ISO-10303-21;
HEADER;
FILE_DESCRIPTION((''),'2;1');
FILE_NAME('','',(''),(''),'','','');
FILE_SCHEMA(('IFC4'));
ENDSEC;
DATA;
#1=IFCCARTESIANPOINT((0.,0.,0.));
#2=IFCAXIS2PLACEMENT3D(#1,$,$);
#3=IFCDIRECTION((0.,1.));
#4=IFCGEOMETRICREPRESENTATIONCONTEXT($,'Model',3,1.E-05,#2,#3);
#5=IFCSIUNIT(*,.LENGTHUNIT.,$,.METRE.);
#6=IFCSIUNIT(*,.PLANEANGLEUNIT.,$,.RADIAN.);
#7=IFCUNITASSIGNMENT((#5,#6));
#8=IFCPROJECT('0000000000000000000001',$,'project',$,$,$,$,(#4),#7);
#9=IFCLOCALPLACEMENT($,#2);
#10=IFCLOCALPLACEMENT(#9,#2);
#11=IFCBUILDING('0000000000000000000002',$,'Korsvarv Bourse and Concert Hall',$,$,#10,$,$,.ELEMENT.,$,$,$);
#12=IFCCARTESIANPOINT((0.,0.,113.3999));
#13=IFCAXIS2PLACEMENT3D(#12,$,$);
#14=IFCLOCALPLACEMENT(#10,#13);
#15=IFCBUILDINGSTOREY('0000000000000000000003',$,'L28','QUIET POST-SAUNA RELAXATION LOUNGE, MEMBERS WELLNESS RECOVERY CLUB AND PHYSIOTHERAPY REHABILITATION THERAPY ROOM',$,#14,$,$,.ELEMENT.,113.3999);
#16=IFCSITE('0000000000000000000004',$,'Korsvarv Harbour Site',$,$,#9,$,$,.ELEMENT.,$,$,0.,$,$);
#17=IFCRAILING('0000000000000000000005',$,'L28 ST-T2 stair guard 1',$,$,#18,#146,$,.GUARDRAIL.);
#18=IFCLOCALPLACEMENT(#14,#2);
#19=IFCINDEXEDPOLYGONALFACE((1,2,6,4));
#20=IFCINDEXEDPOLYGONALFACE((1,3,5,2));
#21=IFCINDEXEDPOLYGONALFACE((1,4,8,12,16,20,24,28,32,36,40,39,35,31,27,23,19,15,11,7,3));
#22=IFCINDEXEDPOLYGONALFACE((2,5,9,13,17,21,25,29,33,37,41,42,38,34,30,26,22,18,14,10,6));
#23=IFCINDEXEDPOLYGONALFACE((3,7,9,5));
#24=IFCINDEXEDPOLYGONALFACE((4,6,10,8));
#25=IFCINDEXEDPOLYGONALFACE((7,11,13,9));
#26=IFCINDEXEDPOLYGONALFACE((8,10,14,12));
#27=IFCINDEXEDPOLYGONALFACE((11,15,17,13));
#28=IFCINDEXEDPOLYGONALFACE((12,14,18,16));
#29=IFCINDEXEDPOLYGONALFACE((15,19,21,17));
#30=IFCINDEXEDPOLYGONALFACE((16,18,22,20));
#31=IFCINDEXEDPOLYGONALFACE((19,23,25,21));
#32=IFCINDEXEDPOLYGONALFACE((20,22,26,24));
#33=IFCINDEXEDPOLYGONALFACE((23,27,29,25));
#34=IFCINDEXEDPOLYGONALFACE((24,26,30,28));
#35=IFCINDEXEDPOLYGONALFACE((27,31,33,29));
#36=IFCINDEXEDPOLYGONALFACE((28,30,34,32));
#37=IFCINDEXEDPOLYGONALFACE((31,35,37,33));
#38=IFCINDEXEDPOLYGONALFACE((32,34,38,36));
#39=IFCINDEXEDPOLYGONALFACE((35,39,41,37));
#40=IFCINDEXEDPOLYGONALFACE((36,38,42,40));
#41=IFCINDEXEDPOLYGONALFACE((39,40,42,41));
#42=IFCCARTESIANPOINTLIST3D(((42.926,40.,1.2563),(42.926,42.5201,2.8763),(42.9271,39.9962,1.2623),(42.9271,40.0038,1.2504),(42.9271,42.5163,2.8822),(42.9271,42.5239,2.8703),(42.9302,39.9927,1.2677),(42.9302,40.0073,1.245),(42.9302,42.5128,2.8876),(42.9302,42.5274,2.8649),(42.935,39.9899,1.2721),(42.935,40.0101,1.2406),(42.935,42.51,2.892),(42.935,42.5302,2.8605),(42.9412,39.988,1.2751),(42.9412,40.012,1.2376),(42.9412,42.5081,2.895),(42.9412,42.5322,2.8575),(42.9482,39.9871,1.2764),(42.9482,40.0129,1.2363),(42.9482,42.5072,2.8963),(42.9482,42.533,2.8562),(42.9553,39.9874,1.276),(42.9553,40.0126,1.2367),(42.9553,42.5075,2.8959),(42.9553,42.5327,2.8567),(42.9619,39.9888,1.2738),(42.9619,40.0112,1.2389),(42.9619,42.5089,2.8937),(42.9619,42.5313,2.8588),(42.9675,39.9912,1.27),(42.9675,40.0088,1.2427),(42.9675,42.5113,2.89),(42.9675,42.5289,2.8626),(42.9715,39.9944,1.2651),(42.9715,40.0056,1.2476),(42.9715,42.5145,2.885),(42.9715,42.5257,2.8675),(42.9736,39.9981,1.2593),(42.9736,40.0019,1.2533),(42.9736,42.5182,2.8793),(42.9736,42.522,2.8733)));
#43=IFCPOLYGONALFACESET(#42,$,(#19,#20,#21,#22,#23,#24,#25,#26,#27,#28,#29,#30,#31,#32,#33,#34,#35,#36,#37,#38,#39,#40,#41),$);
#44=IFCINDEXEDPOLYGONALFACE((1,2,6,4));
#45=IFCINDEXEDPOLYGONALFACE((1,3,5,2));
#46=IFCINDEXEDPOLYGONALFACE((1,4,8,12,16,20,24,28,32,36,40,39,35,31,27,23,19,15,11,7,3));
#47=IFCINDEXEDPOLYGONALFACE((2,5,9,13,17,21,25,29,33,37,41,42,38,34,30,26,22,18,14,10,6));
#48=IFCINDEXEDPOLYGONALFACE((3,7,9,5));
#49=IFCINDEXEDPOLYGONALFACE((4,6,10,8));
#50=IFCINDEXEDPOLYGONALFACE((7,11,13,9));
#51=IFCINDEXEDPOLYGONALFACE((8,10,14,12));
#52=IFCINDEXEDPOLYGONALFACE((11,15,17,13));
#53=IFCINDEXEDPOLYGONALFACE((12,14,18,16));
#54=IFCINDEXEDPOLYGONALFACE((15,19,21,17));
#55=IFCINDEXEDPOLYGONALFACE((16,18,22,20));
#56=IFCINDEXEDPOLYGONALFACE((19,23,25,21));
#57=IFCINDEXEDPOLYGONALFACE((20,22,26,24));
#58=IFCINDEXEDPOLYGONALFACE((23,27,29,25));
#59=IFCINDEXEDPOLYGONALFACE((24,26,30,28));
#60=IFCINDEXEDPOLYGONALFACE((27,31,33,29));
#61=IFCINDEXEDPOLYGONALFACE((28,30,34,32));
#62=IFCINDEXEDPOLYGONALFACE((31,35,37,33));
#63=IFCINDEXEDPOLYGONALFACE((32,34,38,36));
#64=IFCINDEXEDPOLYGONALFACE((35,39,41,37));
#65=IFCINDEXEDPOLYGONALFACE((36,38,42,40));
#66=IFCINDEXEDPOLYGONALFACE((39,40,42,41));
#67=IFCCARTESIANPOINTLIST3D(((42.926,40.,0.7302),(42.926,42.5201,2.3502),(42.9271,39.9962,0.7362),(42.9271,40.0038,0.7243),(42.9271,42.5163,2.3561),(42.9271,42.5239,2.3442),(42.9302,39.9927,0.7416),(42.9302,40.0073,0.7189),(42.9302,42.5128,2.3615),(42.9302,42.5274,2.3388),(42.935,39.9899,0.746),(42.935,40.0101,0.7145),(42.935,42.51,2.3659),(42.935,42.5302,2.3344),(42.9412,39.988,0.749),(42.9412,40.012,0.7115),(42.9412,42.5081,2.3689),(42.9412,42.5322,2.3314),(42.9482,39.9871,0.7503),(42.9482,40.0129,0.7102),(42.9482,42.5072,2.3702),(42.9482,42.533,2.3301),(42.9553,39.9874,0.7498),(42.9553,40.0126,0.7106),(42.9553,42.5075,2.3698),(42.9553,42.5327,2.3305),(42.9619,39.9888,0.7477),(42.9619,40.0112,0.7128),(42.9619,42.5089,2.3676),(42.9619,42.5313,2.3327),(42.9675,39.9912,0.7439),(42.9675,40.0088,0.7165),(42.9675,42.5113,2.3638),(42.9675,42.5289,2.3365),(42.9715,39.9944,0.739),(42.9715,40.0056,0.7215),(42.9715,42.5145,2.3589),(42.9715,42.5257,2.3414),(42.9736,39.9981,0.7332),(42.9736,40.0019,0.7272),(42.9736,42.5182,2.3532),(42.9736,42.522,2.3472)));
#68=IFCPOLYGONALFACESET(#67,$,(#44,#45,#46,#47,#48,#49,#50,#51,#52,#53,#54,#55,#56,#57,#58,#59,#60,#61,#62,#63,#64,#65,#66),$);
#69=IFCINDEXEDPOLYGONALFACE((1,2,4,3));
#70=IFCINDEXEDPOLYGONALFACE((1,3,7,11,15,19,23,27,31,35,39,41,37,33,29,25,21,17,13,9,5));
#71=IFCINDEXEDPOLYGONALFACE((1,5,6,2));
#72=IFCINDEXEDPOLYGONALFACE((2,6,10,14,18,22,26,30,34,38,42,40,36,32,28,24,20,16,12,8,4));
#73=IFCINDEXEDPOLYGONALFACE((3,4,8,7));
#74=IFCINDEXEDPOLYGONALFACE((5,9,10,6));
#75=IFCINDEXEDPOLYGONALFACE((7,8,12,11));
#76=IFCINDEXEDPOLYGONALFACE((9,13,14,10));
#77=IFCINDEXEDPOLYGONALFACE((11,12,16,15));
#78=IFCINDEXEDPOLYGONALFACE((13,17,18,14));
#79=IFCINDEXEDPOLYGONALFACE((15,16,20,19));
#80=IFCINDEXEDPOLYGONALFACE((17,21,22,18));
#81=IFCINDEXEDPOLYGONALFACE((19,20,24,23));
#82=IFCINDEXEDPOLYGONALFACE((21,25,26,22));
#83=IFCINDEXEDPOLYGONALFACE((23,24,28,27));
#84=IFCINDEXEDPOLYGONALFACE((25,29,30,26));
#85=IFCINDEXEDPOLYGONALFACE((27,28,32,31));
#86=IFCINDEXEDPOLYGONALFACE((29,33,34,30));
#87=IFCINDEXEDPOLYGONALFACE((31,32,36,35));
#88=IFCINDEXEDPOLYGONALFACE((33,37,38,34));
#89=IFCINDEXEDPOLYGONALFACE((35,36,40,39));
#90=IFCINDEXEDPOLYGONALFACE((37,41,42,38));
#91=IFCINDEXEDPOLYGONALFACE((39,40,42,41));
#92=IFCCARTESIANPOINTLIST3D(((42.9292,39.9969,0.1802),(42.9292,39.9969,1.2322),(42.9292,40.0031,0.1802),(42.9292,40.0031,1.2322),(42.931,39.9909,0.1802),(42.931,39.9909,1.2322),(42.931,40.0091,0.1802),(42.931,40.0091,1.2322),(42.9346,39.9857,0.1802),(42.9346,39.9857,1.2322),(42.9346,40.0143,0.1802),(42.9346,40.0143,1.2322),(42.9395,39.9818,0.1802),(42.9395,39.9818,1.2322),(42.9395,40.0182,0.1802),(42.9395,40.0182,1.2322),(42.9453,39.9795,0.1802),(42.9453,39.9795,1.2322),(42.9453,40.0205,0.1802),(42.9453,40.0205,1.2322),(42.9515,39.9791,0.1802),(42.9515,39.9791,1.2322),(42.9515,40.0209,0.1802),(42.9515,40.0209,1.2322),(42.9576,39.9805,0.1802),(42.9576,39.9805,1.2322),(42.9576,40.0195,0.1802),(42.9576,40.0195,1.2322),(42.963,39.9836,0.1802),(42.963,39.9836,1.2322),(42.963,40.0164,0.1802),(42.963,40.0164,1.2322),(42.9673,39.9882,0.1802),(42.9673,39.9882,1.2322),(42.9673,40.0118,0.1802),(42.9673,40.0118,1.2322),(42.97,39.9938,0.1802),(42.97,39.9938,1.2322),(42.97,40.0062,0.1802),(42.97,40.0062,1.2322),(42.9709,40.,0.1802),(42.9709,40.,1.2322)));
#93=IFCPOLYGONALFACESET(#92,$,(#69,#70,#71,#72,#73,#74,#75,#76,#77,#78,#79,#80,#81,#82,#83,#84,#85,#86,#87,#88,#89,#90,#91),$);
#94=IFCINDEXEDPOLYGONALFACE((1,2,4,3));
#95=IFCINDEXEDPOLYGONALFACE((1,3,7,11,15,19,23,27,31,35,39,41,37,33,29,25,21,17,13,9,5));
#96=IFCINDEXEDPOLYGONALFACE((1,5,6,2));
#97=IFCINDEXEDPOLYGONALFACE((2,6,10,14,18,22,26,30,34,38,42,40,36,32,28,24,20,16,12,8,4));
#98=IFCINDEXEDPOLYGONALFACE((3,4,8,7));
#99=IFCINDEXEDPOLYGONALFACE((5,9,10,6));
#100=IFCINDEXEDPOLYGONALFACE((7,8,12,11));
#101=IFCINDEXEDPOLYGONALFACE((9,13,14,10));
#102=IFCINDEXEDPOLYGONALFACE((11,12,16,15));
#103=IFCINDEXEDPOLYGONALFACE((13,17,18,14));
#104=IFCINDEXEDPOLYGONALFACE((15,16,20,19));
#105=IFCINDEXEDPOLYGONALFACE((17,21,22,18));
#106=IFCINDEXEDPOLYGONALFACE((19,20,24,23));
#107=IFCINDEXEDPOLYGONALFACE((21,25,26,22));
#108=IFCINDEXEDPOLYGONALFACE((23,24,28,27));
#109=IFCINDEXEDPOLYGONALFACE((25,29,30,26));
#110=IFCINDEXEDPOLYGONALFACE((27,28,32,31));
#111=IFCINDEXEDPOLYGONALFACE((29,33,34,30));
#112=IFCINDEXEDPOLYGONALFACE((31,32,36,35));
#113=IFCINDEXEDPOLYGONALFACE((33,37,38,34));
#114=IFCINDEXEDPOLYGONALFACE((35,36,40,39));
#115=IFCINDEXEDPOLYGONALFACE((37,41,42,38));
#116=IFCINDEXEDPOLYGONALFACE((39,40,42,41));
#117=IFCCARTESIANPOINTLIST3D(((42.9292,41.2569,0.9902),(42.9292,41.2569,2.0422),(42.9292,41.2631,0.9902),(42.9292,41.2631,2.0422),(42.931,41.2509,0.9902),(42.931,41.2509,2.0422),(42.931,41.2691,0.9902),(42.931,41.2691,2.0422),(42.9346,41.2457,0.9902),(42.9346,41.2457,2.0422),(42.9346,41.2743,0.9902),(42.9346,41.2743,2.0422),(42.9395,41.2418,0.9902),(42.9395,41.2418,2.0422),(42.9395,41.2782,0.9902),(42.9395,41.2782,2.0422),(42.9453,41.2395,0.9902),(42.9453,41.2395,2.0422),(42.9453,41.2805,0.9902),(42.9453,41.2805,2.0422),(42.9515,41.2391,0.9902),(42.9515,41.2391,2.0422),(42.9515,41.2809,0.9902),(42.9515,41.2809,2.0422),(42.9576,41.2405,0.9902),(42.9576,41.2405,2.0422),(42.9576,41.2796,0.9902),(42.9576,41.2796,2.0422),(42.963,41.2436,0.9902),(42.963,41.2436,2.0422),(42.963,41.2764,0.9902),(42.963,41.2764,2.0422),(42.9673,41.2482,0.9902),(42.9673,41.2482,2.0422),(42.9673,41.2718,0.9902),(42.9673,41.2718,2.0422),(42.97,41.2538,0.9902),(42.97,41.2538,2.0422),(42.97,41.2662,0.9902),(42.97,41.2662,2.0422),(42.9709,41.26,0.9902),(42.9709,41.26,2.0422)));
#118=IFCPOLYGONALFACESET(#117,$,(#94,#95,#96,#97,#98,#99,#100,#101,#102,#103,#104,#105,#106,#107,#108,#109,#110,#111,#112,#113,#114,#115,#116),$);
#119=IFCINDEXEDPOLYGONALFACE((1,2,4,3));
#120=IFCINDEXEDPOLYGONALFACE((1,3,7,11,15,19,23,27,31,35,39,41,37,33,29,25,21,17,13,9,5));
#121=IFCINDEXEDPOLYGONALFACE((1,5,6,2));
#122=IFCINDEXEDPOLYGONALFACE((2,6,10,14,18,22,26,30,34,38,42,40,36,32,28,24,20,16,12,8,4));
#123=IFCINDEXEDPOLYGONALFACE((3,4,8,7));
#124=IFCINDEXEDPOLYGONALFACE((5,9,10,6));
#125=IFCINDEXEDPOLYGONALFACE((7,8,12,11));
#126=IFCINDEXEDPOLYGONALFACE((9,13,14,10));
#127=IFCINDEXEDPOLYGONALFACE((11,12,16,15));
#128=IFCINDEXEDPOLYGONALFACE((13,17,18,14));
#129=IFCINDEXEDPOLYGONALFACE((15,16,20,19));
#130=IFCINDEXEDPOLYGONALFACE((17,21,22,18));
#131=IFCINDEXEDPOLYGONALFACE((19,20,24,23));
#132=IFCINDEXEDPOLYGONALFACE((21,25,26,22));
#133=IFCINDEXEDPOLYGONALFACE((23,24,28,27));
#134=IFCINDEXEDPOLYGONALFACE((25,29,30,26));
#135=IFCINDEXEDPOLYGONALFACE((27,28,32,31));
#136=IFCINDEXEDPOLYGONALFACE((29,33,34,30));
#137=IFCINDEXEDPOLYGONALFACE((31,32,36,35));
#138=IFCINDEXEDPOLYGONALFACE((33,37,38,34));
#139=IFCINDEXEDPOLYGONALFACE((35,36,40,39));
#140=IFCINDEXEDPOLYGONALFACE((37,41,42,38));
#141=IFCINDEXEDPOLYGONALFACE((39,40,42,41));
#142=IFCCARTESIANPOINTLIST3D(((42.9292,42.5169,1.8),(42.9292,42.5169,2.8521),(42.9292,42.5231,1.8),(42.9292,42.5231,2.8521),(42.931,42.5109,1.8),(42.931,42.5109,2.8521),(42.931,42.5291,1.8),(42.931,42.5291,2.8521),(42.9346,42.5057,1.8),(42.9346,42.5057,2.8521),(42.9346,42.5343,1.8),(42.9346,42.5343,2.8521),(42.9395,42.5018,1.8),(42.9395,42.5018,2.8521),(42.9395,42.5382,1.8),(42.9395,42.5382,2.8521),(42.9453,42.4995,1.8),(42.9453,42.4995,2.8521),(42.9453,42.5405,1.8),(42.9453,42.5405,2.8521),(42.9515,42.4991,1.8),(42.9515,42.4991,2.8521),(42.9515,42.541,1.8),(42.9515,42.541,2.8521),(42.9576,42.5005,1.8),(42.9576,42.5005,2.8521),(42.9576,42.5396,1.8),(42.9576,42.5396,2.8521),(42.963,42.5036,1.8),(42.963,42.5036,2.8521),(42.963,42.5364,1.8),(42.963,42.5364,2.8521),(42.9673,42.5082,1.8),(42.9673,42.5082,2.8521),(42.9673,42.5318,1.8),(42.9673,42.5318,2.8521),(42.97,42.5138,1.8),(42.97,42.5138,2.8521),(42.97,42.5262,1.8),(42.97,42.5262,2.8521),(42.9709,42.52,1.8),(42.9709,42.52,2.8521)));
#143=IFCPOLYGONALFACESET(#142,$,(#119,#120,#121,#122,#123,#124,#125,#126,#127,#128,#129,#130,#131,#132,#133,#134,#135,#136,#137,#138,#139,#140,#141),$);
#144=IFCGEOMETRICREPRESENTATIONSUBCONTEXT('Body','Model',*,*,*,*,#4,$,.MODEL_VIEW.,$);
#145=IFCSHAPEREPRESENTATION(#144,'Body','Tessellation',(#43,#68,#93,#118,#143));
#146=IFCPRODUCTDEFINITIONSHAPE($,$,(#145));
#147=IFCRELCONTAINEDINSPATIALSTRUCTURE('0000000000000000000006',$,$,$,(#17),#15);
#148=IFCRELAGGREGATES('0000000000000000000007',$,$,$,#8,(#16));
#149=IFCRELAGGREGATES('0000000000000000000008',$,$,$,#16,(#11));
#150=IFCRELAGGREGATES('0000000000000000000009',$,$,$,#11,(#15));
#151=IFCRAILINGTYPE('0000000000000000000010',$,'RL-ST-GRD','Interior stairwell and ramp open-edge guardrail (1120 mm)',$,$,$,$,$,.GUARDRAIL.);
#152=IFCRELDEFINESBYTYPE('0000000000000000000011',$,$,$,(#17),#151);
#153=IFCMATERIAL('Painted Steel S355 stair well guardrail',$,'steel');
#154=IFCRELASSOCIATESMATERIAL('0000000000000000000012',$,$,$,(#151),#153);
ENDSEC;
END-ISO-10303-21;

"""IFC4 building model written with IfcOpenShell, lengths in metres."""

from ifc_helpers import new_model, si_unit, direction, frame, origin, origin_2d, place, context, subcontext, project, spatial, circle, extrude, material, type_object, element, save


model = new_model("IFC4")

# Units and contexts
model_context = context("Model", 3, precision=1e-05, world=origin(), true_north=direction((0.0, 1.0)))
body_context = subcontext(model_context, "Body", "Model", "MODEL_VIEW")
ifc_project = project(units=[si_unit("LENGTHUNIT", "METRE"), si_unit("PLANEANGLEUNIT", "RADIAN")], contexts=[model_context])

# Site, building, storey
site_placement = place(None, origin())
site = spatial("IfcSite", under=ifc_project, at=site_placement, Name="Korsvarv Harbour Site", CompositionType="ELEMENT", RefElevation=0.0)
building_placement = place(site_placement, origin())
building = spatial("IfcBuilding", under=site, at=building_placement, Name="Korsvarv Bourse and Concert Hall", CompositionType="ELEMENT")
storey_placement = place(building_placement, frame((0.0, 0.0, 113.3999)))
storey = spatial("IfcBuildingStorey", under=building, at=storey_placement, Name="L28", Description="QUIET POST-SAUNA RELAXATION LOUNGE, MEMBERS WELLNESS RECOVERY CLUB AND PHYSIOTHERAPY REHABILITATION THERAPY ROOM", CompositionType="ELEMENT", Elevation=113.3999)

# Railing
ifc_material_1 = material(Name="Painted Steel S355 stair well guardrail", Category="steel")
railing_type_1 = type_object("IfcRailingType", Name="RL-ST-GRD", Description="Interior stairwell and ramp open-edge guardrail (1120 mm)", PredefinedType="GUARDRAIL", material=ifc_material_1)
railing_1_placement = place(storey_placement, frame((42.95, 40.0, 0.1802)))
element("IfcRailing", 1, at=railing_1_placement, inside=storey, type_object=railing_type_1, Name="L28 ST-T2 stair guard 1", PredefinedType="GUARDRAIL", context=body_context, shape_type="SweptSolid", body=[
    extrude(circle(Radius=0.0239, at=origin_2d()), frame((0.0, 0.0, 1.0762), z_axis=(0.0, 0.8412, 0.540725), x_axis=(-1.0, 0.0, 0.0)), (0.0, 0.0, 1.0), 2.9958),
    extrude(circle(Radius=0.0239, at=origin_2d()), frame((0.0, 0.0, 0.55), z_axis=(0.0, 0.8412, 0.540725), x_axis=(-1.0, 0.0, 0.0)), (0.0, 0.0, 1.0), 2.9958),
    extrude(circle(Radius=0.021, at=origin_2d()), origin(), (0.0, 0.0, 1.0), 1.052),
    extrude(circle(Radius=0.021, at=origin_2d()), frame((0.0, 1.26, 0.8101)), (0.0, 0.0, 1.0), 1.052),
    extrude(circle(Radius=0.021, at=origin_2d()), frame((0.0, 2.52, 1.6199)), (0.0, 0.0, 1.0), 1.052),
])

save(model, "model.ifc")
